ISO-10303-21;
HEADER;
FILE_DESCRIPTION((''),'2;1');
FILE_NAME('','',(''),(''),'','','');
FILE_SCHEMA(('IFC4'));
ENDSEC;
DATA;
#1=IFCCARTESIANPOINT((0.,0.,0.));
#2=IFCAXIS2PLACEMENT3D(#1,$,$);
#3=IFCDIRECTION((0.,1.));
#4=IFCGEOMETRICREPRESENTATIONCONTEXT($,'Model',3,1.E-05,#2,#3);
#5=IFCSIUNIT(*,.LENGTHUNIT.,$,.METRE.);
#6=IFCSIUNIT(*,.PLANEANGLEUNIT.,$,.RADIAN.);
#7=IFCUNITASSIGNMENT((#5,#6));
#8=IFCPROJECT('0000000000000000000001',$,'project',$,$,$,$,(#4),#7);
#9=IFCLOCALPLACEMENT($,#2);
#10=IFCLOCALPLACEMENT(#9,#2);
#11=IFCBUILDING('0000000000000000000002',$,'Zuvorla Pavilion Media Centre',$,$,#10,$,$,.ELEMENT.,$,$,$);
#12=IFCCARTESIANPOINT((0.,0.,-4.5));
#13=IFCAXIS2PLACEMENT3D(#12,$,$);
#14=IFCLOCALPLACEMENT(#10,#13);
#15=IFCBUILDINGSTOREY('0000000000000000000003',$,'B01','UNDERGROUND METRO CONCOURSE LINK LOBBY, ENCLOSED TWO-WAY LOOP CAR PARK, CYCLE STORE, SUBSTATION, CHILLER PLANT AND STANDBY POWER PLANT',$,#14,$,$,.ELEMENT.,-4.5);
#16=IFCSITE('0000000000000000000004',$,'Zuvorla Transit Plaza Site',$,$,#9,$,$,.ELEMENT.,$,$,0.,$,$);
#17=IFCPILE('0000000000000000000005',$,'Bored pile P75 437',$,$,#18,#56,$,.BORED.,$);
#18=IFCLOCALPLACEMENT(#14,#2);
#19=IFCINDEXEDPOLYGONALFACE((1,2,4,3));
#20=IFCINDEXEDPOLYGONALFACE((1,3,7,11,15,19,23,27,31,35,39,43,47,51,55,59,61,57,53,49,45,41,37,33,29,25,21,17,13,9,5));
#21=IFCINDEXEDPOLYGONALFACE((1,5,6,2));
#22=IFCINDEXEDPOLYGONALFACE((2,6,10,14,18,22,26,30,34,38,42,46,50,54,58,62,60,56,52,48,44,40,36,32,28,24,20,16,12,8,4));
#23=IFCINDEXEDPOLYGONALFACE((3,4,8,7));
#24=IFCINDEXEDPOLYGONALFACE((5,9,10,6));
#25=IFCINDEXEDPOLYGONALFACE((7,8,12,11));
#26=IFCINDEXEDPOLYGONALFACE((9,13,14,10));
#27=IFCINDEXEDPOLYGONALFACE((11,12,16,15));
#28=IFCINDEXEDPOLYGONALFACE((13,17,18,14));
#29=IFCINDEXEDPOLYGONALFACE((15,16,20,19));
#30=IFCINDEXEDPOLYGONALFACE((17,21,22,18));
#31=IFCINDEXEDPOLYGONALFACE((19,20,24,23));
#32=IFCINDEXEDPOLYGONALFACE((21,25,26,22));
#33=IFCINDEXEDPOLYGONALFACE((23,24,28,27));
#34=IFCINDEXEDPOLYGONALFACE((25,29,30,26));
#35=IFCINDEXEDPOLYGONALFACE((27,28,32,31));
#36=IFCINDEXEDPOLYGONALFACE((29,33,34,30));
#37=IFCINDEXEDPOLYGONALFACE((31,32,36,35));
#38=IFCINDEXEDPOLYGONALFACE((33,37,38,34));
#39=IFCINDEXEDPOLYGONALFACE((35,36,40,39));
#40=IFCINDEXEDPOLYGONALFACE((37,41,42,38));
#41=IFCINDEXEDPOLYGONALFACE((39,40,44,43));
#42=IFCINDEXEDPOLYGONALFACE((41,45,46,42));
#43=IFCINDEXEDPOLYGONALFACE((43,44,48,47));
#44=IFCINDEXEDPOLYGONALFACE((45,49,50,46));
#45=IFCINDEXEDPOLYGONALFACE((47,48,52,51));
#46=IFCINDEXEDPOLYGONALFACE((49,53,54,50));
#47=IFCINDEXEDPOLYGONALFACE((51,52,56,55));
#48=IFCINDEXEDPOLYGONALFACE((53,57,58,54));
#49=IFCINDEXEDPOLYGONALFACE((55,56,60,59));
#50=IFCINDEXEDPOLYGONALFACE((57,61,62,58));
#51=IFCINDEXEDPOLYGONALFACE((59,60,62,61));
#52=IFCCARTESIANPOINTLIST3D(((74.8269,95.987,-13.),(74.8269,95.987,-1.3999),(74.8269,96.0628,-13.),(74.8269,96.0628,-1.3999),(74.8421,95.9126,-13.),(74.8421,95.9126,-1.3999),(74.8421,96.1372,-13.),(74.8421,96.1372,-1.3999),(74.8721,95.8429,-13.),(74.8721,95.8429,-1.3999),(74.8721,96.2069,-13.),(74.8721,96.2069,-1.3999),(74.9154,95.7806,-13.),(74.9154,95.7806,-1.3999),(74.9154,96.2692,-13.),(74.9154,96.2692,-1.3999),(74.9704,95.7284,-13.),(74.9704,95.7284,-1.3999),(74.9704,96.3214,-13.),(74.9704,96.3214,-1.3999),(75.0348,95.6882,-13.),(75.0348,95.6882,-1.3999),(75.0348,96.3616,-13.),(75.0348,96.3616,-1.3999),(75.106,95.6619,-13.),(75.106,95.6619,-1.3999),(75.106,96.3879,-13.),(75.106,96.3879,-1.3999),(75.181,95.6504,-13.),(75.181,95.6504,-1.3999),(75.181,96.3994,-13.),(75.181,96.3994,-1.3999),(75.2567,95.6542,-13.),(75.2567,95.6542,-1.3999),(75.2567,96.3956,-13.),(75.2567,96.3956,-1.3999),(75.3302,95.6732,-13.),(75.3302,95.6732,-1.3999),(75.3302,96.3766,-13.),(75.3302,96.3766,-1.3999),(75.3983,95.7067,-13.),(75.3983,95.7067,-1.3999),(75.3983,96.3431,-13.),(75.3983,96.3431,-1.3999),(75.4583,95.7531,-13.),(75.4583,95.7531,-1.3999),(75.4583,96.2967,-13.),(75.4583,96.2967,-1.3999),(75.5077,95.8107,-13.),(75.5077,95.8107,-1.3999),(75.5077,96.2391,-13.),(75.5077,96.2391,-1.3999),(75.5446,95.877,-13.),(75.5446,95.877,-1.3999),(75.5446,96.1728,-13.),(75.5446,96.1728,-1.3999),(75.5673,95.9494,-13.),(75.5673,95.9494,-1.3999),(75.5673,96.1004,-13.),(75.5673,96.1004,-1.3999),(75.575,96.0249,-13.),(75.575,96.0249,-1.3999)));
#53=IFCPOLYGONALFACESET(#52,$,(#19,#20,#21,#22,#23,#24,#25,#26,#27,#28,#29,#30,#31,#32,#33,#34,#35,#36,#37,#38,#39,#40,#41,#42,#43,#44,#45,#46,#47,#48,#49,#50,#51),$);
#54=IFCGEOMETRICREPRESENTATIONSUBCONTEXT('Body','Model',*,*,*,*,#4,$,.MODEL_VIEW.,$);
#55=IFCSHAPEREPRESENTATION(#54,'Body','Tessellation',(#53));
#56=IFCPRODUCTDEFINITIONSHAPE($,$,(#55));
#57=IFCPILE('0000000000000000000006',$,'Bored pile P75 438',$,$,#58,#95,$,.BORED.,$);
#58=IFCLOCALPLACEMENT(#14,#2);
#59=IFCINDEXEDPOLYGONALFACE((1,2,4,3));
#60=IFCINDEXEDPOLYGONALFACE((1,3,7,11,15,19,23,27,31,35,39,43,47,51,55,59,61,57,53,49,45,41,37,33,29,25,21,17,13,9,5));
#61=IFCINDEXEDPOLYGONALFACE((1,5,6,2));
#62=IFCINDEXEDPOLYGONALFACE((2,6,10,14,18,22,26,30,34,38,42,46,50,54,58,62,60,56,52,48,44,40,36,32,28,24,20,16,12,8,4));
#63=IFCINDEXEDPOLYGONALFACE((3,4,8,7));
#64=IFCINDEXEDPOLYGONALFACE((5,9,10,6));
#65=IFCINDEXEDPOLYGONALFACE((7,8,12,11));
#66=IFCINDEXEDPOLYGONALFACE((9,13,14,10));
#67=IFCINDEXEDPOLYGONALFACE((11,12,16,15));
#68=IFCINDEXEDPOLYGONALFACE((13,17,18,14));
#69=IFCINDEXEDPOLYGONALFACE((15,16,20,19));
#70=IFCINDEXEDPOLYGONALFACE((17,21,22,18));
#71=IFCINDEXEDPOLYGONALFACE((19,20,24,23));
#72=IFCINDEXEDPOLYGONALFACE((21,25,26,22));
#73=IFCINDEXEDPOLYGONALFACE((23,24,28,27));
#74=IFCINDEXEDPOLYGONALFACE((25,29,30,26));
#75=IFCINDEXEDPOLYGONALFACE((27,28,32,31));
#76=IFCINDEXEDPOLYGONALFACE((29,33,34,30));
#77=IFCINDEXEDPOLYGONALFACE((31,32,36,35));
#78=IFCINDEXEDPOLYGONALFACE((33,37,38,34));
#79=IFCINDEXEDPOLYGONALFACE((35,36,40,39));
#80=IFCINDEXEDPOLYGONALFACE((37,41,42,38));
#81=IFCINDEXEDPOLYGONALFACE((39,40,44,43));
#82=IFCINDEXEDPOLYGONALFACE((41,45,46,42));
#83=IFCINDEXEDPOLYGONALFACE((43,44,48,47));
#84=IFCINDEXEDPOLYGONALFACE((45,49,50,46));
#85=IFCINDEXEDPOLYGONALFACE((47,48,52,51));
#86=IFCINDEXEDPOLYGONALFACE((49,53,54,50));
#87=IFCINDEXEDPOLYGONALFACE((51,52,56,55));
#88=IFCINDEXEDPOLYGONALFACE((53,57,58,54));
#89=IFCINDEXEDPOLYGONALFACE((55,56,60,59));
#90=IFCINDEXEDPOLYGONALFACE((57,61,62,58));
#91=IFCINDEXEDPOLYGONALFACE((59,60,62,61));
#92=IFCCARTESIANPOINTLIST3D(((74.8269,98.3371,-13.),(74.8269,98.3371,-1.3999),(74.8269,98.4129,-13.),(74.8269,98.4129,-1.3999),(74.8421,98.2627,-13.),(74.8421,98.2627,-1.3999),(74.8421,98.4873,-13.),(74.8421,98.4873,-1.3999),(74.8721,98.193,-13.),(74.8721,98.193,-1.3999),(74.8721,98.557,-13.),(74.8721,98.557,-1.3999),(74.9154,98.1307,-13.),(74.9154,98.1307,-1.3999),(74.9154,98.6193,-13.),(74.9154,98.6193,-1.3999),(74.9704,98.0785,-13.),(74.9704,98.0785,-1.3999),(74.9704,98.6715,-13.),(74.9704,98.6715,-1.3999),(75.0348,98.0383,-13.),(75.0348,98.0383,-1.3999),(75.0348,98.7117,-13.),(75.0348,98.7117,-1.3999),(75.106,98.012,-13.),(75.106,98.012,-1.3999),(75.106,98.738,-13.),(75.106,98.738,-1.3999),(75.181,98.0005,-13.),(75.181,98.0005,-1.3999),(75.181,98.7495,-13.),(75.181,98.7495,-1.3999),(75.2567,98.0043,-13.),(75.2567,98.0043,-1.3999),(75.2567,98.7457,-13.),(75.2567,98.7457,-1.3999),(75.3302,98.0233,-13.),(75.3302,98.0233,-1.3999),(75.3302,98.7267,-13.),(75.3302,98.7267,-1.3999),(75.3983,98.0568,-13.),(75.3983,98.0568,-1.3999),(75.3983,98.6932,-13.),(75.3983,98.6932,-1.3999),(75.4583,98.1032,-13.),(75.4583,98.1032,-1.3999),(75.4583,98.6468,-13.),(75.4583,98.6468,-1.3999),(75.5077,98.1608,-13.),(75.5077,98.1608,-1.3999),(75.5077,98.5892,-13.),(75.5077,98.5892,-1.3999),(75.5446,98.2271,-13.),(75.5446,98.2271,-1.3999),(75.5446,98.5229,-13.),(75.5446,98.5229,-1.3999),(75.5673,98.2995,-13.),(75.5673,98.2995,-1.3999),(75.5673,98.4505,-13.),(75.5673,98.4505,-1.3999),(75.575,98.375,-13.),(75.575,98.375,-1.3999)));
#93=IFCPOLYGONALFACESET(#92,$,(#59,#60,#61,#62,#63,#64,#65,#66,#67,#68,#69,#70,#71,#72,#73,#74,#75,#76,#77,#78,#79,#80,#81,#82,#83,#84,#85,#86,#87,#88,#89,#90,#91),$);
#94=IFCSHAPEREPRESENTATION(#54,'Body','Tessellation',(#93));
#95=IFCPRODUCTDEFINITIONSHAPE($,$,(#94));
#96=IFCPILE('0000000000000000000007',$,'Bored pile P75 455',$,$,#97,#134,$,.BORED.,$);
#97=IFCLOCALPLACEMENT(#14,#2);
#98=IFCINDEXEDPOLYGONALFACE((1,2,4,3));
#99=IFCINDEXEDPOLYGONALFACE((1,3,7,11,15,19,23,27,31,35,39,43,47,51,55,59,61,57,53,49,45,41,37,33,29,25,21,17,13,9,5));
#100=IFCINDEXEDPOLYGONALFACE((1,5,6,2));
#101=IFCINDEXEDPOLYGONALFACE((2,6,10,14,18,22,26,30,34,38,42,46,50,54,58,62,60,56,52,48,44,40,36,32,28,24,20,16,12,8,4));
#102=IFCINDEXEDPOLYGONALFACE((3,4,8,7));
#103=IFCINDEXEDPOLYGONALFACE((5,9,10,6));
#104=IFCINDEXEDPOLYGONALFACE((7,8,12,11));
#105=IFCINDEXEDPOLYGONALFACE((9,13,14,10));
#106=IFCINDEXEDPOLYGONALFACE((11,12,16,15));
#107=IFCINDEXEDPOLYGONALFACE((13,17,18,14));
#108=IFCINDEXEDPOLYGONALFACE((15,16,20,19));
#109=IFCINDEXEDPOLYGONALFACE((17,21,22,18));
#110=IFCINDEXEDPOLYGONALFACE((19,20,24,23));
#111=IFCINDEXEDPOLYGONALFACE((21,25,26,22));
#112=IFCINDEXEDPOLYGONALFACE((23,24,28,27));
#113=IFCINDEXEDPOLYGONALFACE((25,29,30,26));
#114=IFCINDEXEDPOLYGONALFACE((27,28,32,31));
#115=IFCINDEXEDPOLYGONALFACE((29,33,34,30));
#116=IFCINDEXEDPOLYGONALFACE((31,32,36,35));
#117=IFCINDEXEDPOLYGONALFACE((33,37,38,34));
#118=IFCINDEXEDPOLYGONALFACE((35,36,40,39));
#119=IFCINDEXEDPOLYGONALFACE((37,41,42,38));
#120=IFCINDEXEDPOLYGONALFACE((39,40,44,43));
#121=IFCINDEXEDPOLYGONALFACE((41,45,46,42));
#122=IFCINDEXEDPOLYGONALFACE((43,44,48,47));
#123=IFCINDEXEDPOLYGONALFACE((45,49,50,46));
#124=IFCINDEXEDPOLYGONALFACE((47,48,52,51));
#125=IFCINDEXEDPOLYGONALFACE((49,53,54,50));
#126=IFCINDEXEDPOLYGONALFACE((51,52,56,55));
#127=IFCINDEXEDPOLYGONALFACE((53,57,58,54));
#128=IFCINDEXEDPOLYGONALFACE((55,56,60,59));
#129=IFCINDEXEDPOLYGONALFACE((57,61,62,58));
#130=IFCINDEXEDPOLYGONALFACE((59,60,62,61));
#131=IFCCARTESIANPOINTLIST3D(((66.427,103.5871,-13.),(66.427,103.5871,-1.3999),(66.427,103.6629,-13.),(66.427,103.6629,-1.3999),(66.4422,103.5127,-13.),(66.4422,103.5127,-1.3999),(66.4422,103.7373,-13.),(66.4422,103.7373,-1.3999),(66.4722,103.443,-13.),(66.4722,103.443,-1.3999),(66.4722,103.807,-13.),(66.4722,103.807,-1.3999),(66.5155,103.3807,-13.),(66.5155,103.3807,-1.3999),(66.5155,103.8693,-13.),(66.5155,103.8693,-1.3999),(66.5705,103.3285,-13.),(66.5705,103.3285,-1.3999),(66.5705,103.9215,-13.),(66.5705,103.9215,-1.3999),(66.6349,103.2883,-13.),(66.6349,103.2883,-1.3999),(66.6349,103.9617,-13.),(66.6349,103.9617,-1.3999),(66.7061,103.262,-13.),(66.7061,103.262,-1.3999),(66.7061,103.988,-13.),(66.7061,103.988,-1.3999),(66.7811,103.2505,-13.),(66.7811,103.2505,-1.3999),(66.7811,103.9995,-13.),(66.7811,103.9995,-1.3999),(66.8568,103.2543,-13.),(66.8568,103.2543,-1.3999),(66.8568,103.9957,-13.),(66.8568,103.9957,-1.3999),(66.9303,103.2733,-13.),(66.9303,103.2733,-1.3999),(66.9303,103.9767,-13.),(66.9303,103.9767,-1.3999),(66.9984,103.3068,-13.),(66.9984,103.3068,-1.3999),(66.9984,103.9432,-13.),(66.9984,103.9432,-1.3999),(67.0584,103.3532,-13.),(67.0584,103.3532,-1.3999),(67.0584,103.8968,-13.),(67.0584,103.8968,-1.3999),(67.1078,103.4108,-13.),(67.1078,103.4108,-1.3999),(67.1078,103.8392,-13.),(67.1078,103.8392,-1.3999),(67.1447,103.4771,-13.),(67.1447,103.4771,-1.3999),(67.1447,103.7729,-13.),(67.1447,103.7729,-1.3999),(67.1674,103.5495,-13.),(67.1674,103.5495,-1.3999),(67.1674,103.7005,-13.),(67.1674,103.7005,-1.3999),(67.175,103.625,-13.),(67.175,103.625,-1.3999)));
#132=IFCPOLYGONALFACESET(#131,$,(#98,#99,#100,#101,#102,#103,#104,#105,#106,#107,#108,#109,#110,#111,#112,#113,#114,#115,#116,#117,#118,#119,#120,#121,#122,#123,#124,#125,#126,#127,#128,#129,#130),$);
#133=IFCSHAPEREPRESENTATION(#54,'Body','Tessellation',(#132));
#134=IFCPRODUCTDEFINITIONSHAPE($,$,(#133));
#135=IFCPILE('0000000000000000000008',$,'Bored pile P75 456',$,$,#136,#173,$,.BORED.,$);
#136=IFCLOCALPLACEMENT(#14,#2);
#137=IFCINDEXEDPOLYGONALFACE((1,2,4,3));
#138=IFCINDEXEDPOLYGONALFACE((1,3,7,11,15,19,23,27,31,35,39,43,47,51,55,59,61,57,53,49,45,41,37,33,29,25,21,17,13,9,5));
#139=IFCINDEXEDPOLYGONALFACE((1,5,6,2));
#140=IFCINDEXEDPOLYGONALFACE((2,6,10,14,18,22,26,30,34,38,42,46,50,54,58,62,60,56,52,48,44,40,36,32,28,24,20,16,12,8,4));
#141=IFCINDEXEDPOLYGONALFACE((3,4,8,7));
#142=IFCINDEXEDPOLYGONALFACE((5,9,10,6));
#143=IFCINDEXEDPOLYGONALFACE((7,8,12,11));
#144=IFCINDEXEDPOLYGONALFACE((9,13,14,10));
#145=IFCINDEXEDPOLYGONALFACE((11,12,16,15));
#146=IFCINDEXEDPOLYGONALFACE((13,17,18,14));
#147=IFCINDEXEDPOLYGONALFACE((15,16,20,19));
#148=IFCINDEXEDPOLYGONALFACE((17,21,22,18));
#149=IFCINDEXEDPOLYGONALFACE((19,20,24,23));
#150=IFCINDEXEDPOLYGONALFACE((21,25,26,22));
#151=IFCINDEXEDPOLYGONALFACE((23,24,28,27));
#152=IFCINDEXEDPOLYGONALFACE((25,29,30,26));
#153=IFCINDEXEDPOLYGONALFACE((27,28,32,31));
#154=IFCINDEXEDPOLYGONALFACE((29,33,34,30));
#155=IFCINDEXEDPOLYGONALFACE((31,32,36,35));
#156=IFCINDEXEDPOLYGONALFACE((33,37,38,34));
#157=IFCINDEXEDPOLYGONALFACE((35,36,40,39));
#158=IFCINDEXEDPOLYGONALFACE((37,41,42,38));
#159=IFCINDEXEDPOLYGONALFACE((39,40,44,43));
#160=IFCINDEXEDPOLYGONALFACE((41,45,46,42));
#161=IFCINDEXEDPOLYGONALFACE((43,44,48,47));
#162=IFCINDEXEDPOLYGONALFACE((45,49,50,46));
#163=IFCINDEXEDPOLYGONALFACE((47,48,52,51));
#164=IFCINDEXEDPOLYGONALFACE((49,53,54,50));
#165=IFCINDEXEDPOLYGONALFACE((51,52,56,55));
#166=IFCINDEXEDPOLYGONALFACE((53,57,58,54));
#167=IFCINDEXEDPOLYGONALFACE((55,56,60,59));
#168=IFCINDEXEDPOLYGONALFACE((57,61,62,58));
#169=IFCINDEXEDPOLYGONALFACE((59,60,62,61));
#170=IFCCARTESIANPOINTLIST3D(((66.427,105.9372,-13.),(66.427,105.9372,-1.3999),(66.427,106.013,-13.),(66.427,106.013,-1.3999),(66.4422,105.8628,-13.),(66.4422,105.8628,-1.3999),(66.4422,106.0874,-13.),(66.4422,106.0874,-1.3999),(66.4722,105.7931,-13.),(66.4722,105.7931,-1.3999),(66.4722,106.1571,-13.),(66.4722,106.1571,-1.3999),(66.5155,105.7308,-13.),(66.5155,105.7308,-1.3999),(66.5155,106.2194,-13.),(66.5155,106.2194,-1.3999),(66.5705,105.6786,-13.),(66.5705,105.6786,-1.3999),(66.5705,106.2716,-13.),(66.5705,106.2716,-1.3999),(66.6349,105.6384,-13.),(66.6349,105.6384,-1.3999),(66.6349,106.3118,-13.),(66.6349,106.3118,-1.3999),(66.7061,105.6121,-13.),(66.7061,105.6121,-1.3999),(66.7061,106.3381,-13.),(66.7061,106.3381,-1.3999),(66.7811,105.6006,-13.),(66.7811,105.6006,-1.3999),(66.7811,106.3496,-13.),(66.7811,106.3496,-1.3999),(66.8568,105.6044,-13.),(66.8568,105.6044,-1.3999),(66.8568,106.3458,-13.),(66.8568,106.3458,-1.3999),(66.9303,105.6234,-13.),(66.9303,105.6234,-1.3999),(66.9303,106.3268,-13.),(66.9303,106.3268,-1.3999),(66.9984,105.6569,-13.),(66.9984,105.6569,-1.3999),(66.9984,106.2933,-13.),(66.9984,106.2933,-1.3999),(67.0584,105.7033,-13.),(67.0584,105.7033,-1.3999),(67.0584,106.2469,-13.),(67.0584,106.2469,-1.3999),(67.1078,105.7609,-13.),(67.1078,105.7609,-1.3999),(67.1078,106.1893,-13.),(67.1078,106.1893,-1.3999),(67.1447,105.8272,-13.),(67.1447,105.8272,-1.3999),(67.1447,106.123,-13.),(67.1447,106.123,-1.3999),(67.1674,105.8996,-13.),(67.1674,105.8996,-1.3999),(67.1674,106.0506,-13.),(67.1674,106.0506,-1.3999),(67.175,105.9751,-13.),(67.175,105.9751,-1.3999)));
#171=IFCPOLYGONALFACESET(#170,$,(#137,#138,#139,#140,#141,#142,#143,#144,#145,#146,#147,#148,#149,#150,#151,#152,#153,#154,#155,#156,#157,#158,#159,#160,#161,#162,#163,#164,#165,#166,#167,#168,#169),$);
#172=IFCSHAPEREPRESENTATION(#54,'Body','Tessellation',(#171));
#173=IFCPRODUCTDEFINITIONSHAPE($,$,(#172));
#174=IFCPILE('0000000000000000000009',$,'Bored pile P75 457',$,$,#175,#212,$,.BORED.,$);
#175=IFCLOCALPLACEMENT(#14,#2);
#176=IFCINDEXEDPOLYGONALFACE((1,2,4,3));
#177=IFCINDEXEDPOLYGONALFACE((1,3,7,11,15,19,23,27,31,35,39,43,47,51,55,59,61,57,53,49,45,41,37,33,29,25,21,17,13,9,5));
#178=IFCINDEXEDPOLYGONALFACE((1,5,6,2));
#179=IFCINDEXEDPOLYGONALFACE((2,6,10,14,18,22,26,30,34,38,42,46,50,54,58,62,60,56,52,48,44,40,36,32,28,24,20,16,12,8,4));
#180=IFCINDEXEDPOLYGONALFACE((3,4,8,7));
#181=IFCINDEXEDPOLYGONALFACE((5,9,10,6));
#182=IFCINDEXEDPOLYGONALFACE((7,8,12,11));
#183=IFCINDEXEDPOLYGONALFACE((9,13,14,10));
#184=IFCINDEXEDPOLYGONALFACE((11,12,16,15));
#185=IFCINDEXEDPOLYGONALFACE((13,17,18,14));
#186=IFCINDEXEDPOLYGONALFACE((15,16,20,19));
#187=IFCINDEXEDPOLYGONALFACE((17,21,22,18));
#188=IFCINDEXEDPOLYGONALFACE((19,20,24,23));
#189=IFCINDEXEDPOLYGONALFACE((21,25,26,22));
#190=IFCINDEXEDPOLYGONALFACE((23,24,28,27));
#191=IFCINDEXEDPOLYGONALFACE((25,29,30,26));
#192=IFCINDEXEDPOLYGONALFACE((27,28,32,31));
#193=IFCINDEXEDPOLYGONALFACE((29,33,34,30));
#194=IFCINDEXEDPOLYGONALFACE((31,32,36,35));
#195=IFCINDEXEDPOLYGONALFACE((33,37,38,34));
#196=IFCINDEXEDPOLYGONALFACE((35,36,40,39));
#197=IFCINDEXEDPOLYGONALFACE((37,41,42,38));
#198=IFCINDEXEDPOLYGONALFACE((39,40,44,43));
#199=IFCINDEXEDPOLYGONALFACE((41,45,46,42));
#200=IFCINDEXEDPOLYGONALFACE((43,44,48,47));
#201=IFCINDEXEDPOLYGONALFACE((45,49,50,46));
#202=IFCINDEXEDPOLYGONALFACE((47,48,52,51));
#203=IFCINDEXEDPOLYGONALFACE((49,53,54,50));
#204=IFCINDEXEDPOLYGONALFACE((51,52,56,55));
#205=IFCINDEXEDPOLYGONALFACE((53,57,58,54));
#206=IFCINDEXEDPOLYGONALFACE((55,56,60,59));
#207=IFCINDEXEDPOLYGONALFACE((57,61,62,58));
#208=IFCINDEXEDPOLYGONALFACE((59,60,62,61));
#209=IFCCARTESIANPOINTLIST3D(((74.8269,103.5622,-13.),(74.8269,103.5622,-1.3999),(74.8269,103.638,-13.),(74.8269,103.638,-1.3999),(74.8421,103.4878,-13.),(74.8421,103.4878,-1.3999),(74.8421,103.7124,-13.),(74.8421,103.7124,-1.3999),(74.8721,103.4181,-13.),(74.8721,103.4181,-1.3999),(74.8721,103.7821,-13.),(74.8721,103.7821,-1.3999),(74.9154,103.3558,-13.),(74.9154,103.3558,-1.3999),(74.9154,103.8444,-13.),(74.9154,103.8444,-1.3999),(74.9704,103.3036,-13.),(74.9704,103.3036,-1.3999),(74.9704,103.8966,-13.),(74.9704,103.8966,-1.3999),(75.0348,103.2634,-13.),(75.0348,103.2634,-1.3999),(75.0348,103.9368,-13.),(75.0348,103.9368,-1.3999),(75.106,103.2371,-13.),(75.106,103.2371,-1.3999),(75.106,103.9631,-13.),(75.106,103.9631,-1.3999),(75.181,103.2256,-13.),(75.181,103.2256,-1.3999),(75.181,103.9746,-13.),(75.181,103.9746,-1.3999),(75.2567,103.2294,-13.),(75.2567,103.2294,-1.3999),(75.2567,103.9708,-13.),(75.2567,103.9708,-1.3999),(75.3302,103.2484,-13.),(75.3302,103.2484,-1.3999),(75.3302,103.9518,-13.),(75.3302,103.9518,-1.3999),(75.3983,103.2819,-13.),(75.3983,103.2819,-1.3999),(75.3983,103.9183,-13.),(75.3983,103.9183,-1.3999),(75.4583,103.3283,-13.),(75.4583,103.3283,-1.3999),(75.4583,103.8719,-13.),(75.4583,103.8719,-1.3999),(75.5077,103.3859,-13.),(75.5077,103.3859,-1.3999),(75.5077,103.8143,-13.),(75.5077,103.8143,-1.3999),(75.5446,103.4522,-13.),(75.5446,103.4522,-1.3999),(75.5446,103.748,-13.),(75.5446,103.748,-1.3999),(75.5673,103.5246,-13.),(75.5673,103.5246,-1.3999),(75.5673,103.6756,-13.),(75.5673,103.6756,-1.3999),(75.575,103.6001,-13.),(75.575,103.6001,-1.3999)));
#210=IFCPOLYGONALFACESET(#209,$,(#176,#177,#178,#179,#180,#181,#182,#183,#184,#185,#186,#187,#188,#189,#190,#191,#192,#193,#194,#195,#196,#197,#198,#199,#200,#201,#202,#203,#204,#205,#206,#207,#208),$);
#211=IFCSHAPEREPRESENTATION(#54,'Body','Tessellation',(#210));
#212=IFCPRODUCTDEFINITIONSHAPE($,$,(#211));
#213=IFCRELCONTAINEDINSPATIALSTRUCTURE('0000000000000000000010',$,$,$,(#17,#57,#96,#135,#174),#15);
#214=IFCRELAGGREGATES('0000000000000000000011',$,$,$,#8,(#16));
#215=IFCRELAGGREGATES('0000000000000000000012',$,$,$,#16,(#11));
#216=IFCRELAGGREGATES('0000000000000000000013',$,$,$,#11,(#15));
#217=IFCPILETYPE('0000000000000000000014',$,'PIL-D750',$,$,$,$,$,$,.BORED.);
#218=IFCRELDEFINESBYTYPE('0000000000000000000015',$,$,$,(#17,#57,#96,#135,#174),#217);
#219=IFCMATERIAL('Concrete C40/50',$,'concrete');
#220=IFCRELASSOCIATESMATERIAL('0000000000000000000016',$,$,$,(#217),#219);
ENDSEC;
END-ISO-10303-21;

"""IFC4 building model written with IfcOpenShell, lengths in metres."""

from ifc_helpers import new_model, si_unit, direction, frame, origin, origin_2d, place, context, subcontext, project, spatial, circle, extrude, material, material_profile, profile_set, type_object, element, save


model = new_model("IFC4")

# Units and contexts
model_context = context("Model", 3, precision=1e-05, world=origin(), true_north=direction((0.0, 1.0)))
body_context = subcontext(model_context, "Body", "Model", "MODEL_VIEW")
ifc_project = project(units=[si_unit("LENGTHUNIT", "METRE"), si_unit("PLANEANGLEUNIT", "RADIAN")], contexts=[model_context])

# Site, building, storey
site_placement = place(None, origin())
site = spatial("IfcSite", under=ifc_project, at=site_placement, Name="Zuvorla Transit Plaza Site", CompositionType="ELEMENT", RefElevation=0.0)
building_placement = place(site_placement, origin())
building = spatial("IfcBuilding", under=site, at=building_placement, Name="Zuvorla Pavilion Media Centre", CompositionType="ELEMENT")
storey_placement = place(building_placement, frame((0.0, 0.0, -4.5)))
storey = spatial("IfcBuildingStorey", under=building, at=storey_placement, Name="B01", Description="UNDERGROUND METRO CONCOURSE LINK LOBBY, ENCLOSED TWO-WAY LOOP CAR PARK, CYCLE STORE, SUBSTATION, CHILLER PLANT AND STANDBY POWER PLANT", CompositionType="ELEMENT", Elevation=-4.5)

# Shared definitions
ifc_material = material(Name="Concrete C40/50", Category="concrete")

# Piles
ifc_material_profile_1 = material_profile(ifc_material, circle(Radius=0.375, at=origin_2d()), Name="BORED PILE 750")
ifc_profile_set_1 = profile_set([ifc_material_profile_1], Name="Concrete C40/50")
pile_type_1 = type_object("IfcPileType", Name="PIL-D750", PredefinedType="BORED", material=ifc_profile_set_1)
for number, where, z_axis, x_axis, name in (
    (1, (75.2, 96.0249, -1.3999), (0.0, 0.0, -1.0), (1.0, 0.0, 0.0), "Bored pile P75 437"),
    (2, (75.2, 98.375, -1.3999), (0.0, 0.0, -1.0), (1.0, 0.0, 0.0), "Bored pile P75 438"),
    (3, (66.8, 103.625, -1.3999), (0.0, 0.0, -1.0), (1.0, 0.0, 0.0), "Bored pile P75 455"),
    (4, (66.8, 105.9751, -1.3999), (0.0, 0.0, -1.0), (1.0, 0.0, 0.0), "Bored pile P75 456"),
    (5, (75.2, 103.6001, -1.3999), (0.0, 0.0, -1.0), (1.0, 0.0, 0.0), "Bored pile P75 457"),
):
    element("IfcPile", number, at=place(storey_placement, frame(where, z_axis=z_axis, x_axis=x_axis)), inside=storey, type_object=pile_type_1, Name=name, PredefinedType="BORED", context=body_context, shape_type="SweptSolid", body=[
        extrude(circle(Radius=0.375, at=origin_2d()), origin(), (0.0, 0.0, 1.0), 11.6001),
    ])

save(model, "model.ifc")
